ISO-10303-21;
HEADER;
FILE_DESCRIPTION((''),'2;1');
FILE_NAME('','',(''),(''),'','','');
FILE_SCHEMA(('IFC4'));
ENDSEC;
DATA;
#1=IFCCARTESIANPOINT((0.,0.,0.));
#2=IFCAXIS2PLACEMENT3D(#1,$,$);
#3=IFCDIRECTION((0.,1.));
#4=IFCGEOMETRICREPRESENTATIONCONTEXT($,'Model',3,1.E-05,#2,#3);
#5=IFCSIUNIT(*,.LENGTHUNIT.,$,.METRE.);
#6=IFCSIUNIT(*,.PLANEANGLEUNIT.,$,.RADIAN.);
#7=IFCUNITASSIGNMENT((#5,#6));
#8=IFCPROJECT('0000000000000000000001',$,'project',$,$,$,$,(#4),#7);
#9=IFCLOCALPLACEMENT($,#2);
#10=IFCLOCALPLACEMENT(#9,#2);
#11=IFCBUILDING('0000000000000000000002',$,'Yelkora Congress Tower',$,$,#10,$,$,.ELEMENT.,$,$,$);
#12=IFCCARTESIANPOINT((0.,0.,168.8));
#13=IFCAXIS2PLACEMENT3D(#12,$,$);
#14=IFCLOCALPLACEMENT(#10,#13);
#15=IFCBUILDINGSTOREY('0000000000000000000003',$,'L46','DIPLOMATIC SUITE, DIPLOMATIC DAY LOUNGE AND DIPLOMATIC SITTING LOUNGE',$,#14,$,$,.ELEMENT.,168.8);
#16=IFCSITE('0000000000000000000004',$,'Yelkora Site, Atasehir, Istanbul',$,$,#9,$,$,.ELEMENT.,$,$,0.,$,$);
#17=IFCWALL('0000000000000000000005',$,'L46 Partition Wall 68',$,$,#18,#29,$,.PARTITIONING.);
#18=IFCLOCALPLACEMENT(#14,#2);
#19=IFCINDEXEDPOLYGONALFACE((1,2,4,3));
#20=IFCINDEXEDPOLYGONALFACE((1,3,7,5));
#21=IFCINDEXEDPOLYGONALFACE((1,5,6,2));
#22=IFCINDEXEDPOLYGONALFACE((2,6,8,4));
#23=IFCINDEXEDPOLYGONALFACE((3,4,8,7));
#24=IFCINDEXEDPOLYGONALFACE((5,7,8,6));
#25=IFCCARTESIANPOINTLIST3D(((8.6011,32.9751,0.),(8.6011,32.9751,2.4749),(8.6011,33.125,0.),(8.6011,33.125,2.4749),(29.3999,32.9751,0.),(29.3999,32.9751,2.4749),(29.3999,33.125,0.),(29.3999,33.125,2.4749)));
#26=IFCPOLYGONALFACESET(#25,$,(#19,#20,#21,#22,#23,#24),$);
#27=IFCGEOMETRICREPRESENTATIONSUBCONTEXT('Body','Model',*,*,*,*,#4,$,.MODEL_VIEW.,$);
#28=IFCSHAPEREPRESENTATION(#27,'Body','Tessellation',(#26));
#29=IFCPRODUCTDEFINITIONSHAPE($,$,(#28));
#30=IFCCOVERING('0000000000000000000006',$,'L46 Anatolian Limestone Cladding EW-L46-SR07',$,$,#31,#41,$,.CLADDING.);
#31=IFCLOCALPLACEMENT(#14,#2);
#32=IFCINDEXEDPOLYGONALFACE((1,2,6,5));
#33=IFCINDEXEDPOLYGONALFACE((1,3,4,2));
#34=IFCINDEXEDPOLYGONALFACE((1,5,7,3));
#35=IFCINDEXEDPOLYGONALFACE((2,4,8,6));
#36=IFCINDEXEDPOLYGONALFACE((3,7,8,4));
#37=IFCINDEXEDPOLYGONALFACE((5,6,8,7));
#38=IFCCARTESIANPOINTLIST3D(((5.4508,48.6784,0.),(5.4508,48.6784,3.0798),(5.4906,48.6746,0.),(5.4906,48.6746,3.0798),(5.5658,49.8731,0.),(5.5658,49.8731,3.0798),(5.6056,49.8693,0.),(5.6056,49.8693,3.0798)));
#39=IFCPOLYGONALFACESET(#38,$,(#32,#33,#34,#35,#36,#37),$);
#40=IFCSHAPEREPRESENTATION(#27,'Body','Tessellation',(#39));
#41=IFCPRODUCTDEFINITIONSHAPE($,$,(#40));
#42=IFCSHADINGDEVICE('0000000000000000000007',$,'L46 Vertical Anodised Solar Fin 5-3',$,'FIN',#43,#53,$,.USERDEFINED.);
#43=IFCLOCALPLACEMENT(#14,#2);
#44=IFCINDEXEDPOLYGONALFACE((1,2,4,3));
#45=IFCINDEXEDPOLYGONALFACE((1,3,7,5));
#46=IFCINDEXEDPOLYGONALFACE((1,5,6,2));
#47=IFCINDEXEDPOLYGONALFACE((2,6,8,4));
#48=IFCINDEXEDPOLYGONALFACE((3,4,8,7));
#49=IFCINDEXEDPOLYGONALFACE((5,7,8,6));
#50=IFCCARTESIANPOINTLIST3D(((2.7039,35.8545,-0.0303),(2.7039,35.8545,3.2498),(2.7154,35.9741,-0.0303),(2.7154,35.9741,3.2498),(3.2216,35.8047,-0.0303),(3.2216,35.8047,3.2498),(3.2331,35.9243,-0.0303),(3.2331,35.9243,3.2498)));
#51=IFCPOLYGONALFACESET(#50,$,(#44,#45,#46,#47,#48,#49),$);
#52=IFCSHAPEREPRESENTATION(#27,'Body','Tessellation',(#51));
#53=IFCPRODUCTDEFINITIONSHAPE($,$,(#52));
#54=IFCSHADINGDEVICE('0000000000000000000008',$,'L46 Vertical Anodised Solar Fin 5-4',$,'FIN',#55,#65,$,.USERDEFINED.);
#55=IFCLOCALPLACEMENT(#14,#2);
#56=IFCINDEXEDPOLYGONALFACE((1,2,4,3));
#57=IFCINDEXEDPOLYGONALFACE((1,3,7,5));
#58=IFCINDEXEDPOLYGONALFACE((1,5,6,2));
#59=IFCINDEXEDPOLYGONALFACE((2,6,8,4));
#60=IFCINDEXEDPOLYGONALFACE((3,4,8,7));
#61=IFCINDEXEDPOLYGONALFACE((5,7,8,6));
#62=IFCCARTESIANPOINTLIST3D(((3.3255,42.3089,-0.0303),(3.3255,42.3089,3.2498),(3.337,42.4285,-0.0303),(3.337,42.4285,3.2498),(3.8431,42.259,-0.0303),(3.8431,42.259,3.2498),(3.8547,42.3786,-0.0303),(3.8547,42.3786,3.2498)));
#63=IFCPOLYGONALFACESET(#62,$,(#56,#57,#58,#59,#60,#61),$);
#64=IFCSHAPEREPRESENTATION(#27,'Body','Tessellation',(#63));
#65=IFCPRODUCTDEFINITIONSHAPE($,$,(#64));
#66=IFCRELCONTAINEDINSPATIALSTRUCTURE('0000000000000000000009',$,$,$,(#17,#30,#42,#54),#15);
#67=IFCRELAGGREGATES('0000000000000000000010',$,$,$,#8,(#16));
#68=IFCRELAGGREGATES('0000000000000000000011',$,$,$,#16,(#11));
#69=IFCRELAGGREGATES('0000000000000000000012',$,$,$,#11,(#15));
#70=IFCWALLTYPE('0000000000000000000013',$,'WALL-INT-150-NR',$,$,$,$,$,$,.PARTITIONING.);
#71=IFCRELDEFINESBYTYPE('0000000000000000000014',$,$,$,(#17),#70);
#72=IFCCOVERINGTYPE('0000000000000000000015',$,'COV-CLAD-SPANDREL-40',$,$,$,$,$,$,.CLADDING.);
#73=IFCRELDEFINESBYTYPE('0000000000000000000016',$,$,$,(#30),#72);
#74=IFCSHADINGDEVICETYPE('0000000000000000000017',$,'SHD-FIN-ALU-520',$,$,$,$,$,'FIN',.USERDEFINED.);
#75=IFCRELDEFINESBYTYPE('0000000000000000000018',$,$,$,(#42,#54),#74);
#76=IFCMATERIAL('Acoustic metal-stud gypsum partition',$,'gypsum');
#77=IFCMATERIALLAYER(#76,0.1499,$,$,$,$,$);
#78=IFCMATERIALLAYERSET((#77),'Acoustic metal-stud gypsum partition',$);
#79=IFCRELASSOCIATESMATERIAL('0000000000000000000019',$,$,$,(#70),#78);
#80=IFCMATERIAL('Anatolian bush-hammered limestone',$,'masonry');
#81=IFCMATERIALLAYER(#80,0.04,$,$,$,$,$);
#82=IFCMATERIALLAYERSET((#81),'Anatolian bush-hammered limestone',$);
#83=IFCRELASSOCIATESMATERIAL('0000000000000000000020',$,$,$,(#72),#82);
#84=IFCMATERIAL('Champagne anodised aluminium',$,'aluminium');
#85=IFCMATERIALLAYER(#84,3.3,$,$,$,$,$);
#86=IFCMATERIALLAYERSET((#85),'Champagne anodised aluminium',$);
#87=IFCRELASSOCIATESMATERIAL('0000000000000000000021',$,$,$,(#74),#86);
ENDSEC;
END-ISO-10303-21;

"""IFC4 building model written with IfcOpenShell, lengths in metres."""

from ifc_helpers import new_model, si_unit, direction, frame, frame_2d, origin, origin_2d, place, context, subcontext, project, spatial, rectangle, extrude, material, layer, layer_set, type_object, element, save


model = new_model("IFC4")

# Units and contexts
model_context = context("Model", 3, precision=1e-05, world=origin(), true_north=direction((0.0, 1.0)))
body_context = subcontext(model_context, "Body", "Model", "MODEL_VIEW")
ifc_project = project(units=[si_unit("LENGTHUNIT", "METRE"), si_unit("PLANEANGLEUNIT", "RADIAN")], contexts=[model_context])

# Site, building, storey
site_placement = place(None, origin())
site = spatial("IfcSite", under=ifc_project, at=site_placement, Name="Yelkora Site, Atasehir, Istanbul", CompositionType="ELEMENT", RefElevation=0.0)
building_placement = place(site_placement, origin())
building = spatial("IfcBuilding", under=site, at=building_placement, Name="Yelkora Congress Tower", CompositionType="ELEMENT")
storey_placement = place(building_placement, frame((0.0, 0.0, 168.8)))
storey = spatial("IfcBuildingStorey", under=building, at=storey_placement, Name="L46", Description="DIPLOMATIC SUITE, DIPLOMATIC DAY LOUNGE AND DIPLOMATIC SITTING LOUNGE", CompositionType="ELEMENT", Elevation=168.8)

# Wall
ifc_material_1 = material(Name="Acoustic metal-stud gypsum partition", Category="gypsum")
ifc_layer_1 = layer(ifc_material_1, 0.1499)
ifc_layer_set_1 = layer_set([ifc_layer_1], Name="Acoustic metal-stud gypsum partition")
wall_type_1 = type_object("IfcWallType", Name="WALL-INT-150-NR", PredefinedType="PARTITIONING", material=ifc_layer_set_1)
wall_1_placement = place(storey_placement, frame((8.6011, 33.05, 0.0), z_axis=(0.0, 0.0, 1.0), x_axis=(1.0, 0.0, 0.0)))
element("IfcWall", 1, at=wall_1_placement, inside=storey, type_object=wall_type_1, Name="L46 Partition Wall 68", PredefinedType="PARTITIONING", context=body_context, shape_type="SweptSolid", body=[
    extrude(rectangle(XDim=20.7988, YDim=0.1499, at=frame_2d((10.3994, 0.0))), origin(), (0.0, 0.0, 1.0), 2.4749),
])

# Covering
ifc_material_2 = material(Name="Anatolian bush-hammered limestone", Category="masonry")
ifc_layer_2 = layer(ifc_material_2, 0.04)
ifc_layer_set_2 = layer_set([ifc_layer_2], Name="Anatolian bush-hammered limestone")
covering_type = type_object("IfcCoveringType", Name="COV-CLAD-SPANDREL-40", PredefinedType="CLADDING", material=ifc_layer_set_2)
covering_placement = place(storey_placement, frame((5.4707, 48.6765, 0.0), z_axis=(0.0, 0.0, 1.0), x_axis=(0.095817, 0.995399, 0.0)))
element("IfcCovering", 2, at=covering_placement, inside=storey, type_object=covering_type, Name="L46 Anatolian Limestone Cladding EW-L46-SR07", PredefinedType="CLADDING", context=body_context, shape_type="SweptSolid", body=[
    extrude(rectangle(XDim=1.2002, YDim=0.04, at=frame_2d((0.6001, 0.0))), origin(), (0.0, 0.0, 1.0), 3.0798),
])

# Shading devices
ifc_material_3 = material(Name="Champagne anodised aluminium", Category="aluminium")
ifc_layer_3 = layer(ifc_material_3, 3.3)
ifc_layer_set_3 = layer_set([ifc_layer_3], Name="Champagne anodised aluminium")
shading_device_type = type_object("IfcShadingDeviceType", Name="SHD-FIN-ALU-520", ElementType="FIN", PredefinedType="USERDEFINED", material=ifc_layer_set_3)
for number, where, z_axis, x_axis, name in (
    (3, (2.9685, 35.8894, -0.0303), (0.0, 0.0, 1.0), (0.095846, 0.995396, 0.0), "L46 Vertical Anodised Solar Fin 5-3"),
    (4, (3.5901, 42.3438, -0.0303), (0.0, 0.0, 1.0), (0.095846, 0.995396, 0.0), "L46 Vertical Anodised Solar Fin 5-4"),
):
    element("IfcShadingDevice", number, at=place(storey_placement, frame(where, z_axis=z_axis, x_axis=x_axis)), inside=storey, type_object=shading_device_type, Name=name, ObjectType="FIN", PredefinedType="USERDEFINED", context=body_context, shape_type="SweptSolid", body=[
        extrude(rectangle(XDim=0.1201, YDim=0.52, at=origin_2d()), origin(), (0.0, 0.0, 1.0), 3.28),
    ])

save(model, "model.ifc")
